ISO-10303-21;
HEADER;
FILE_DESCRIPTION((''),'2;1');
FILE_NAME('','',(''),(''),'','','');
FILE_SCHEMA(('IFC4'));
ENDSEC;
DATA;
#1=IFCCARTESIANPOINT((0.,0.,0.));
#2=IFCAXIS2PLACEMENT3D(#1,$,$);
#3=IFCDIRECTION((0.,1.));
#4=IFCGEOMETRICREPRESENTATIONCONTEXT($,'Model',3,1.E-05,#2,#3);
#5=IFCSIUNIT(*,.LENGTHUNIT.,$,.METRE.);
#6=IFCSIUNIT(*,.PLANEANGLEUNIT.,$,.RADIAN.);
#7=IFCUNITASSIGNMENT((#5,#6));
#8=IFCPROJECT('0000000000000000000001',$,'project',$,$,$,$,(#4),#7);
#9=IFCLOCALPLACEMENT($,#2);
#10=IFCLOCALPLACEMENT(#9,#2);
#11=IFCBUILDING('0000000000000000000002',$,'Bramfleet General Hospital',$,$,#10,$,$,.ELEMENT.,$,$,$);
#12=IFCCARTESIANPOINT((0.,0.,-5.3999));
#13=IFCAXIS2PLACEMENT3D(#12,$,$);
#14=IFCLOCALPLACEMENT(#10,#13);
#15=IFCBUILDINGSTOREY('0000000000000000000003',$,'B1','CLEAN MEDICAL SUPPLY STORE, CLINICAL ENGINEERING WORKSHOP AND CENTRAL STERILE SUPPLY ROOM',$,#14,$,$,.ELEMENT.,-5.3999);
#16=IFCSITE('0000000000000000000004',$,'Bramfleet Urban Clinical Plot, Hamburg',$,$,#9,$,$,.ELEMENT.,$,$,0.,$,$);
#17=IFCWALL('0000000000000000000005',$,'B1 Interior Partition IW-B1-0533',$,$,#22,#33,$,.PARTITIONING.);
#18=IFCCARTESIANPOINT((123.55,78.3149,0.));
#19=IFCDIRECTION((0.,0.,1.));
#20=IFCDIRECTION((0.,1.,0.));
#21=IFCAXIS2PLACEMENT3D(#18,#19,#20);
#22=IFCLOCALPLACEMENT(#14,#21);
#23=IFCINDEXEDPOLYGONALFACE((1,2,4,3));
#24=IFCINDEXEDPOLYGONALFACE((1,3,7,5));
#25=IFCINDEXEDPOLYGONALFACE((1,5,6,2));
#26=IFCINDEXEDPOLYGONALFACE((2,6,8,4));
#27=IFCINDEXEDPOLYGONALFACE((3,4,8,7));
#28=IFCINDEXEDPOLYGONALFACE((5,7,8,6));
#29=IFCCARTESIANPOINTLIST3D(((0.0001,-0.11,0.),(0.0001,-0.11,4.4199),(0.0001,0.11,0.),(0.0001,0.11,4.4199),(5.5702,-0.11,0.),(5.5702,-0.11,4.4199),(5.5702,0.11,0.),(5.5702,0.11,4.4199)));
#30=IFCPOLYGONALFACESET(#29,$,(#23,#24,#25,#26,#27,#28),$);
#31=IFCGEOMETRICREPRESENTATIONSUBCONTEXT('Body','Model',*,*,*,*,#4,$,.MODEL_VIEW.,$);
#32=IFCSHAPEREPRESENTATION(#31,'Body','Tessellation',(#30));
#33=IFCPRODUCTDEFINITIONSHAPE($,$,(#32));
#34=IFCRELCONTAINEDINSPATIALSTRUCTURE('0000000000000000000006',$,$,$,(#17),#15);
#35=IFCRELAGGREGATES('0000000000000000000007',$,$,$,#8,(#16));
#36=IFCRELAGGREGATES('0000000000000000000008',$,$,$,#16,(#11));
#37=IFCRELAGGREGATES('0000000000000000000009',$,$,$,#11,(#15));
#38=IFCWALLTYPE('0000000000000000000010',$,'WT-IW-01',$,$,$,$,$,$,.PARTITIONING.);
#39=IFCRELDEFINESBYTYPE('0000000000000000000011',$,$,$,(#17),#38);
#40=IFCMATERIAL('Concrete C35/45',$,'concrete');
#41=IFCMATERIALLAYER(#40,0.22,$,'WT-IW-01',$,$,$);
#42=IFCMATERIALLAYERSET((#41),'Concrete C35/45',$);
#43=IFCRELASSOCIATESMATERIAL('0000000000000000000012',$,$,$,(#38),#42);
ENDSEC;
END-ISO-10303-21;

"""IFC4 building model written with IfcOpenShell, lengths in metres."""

from ifc_helpers import new_model, si_unit, direction, frame, frame_2d, origin, place, context, subcontext, project, spatial, rectangle, extrude, material, layer, layer_set, type_object, element, save


model = new_model("IFC4")

# Units and contexts
model_context = context("Model", 3, precision=1e-05, world=origin(), true_north=direction((0.0, 1.0)))
body_context = subcontext(model_context, "Body", "Model", "MODEL_VIEW")
ifc_project = project(units=[si_unit("LENGTHUNIT", "METRE"), si_unit("PLANEANGLEUNIT", "RADIAN")], contexts=[model_context])

# Site, building, storey
site_placement = place(None, origin())
site = spatial("IfcSite", under=ifc_project, at=site_placement, Name="Bramfleet Urban Clinical Plot, Hamburg", CompositionType="ELEMENT", RefElevation=0.0)
building_placement = place(site_placement, origin())
building = spatial("IfcBuilding", under=site, at=building_placement, Name="Bramfleet General Hospital", CompositionType="ELEMENT")
storey_placement = place(building_placement, frame((0.0, 0.0, -5.3999)))
storey = spatial("IfcBuildingStorey", under=building, at=storey_placement, Name="B1", Description="CLEAN MEDICAL SUPPLY STORE, CLINICAL ENGINEERING WORKSHOP AND CENTRAL STERILE SUPPLY ROOM", CompositionType="ELEMENT", Elevation=-5.3999)

# Shared definitions
ifc_material_1 = material(Name="Concrete C35/45", Category="concrete")

# Shared definitions
ifc_layer_1 = layer(ifc_material_1, 0.22, Name="WT-IW-01")
ifc_layer_set_1 = layer_set([ifc_layer_1], Name="Concrete C35/45")
wall_type_1 = type_object("IfcWallType", Name="WT-IW-01", PredefinedType="PARTITIONING", material=ifc_layer_set_1)

# Wall
wall_1_placement = place(storey_placement, frame((123.55, 78.3149, 0.0), z_axis=(0.0, 0.0, 1.0), x_axis=(0.0, 1.0, 0.0)))
element("IfcWall", 1, at=wall_1_placement, inside=storey, type_object=wall_type_1, Name="B1 Interior Partition IW-B1-0533", PredefinedType="PARTITIONING", context=body_context, shape_type="SweptSolid", body=[
    extrude(rectangle(XDim=5.5701, YDim=0.22, at=frame_2d((2.7852, 0.0))), origin(), (0.0, 0.0, 1.0), 4.4199),
])

save(model, "model.ifc")
